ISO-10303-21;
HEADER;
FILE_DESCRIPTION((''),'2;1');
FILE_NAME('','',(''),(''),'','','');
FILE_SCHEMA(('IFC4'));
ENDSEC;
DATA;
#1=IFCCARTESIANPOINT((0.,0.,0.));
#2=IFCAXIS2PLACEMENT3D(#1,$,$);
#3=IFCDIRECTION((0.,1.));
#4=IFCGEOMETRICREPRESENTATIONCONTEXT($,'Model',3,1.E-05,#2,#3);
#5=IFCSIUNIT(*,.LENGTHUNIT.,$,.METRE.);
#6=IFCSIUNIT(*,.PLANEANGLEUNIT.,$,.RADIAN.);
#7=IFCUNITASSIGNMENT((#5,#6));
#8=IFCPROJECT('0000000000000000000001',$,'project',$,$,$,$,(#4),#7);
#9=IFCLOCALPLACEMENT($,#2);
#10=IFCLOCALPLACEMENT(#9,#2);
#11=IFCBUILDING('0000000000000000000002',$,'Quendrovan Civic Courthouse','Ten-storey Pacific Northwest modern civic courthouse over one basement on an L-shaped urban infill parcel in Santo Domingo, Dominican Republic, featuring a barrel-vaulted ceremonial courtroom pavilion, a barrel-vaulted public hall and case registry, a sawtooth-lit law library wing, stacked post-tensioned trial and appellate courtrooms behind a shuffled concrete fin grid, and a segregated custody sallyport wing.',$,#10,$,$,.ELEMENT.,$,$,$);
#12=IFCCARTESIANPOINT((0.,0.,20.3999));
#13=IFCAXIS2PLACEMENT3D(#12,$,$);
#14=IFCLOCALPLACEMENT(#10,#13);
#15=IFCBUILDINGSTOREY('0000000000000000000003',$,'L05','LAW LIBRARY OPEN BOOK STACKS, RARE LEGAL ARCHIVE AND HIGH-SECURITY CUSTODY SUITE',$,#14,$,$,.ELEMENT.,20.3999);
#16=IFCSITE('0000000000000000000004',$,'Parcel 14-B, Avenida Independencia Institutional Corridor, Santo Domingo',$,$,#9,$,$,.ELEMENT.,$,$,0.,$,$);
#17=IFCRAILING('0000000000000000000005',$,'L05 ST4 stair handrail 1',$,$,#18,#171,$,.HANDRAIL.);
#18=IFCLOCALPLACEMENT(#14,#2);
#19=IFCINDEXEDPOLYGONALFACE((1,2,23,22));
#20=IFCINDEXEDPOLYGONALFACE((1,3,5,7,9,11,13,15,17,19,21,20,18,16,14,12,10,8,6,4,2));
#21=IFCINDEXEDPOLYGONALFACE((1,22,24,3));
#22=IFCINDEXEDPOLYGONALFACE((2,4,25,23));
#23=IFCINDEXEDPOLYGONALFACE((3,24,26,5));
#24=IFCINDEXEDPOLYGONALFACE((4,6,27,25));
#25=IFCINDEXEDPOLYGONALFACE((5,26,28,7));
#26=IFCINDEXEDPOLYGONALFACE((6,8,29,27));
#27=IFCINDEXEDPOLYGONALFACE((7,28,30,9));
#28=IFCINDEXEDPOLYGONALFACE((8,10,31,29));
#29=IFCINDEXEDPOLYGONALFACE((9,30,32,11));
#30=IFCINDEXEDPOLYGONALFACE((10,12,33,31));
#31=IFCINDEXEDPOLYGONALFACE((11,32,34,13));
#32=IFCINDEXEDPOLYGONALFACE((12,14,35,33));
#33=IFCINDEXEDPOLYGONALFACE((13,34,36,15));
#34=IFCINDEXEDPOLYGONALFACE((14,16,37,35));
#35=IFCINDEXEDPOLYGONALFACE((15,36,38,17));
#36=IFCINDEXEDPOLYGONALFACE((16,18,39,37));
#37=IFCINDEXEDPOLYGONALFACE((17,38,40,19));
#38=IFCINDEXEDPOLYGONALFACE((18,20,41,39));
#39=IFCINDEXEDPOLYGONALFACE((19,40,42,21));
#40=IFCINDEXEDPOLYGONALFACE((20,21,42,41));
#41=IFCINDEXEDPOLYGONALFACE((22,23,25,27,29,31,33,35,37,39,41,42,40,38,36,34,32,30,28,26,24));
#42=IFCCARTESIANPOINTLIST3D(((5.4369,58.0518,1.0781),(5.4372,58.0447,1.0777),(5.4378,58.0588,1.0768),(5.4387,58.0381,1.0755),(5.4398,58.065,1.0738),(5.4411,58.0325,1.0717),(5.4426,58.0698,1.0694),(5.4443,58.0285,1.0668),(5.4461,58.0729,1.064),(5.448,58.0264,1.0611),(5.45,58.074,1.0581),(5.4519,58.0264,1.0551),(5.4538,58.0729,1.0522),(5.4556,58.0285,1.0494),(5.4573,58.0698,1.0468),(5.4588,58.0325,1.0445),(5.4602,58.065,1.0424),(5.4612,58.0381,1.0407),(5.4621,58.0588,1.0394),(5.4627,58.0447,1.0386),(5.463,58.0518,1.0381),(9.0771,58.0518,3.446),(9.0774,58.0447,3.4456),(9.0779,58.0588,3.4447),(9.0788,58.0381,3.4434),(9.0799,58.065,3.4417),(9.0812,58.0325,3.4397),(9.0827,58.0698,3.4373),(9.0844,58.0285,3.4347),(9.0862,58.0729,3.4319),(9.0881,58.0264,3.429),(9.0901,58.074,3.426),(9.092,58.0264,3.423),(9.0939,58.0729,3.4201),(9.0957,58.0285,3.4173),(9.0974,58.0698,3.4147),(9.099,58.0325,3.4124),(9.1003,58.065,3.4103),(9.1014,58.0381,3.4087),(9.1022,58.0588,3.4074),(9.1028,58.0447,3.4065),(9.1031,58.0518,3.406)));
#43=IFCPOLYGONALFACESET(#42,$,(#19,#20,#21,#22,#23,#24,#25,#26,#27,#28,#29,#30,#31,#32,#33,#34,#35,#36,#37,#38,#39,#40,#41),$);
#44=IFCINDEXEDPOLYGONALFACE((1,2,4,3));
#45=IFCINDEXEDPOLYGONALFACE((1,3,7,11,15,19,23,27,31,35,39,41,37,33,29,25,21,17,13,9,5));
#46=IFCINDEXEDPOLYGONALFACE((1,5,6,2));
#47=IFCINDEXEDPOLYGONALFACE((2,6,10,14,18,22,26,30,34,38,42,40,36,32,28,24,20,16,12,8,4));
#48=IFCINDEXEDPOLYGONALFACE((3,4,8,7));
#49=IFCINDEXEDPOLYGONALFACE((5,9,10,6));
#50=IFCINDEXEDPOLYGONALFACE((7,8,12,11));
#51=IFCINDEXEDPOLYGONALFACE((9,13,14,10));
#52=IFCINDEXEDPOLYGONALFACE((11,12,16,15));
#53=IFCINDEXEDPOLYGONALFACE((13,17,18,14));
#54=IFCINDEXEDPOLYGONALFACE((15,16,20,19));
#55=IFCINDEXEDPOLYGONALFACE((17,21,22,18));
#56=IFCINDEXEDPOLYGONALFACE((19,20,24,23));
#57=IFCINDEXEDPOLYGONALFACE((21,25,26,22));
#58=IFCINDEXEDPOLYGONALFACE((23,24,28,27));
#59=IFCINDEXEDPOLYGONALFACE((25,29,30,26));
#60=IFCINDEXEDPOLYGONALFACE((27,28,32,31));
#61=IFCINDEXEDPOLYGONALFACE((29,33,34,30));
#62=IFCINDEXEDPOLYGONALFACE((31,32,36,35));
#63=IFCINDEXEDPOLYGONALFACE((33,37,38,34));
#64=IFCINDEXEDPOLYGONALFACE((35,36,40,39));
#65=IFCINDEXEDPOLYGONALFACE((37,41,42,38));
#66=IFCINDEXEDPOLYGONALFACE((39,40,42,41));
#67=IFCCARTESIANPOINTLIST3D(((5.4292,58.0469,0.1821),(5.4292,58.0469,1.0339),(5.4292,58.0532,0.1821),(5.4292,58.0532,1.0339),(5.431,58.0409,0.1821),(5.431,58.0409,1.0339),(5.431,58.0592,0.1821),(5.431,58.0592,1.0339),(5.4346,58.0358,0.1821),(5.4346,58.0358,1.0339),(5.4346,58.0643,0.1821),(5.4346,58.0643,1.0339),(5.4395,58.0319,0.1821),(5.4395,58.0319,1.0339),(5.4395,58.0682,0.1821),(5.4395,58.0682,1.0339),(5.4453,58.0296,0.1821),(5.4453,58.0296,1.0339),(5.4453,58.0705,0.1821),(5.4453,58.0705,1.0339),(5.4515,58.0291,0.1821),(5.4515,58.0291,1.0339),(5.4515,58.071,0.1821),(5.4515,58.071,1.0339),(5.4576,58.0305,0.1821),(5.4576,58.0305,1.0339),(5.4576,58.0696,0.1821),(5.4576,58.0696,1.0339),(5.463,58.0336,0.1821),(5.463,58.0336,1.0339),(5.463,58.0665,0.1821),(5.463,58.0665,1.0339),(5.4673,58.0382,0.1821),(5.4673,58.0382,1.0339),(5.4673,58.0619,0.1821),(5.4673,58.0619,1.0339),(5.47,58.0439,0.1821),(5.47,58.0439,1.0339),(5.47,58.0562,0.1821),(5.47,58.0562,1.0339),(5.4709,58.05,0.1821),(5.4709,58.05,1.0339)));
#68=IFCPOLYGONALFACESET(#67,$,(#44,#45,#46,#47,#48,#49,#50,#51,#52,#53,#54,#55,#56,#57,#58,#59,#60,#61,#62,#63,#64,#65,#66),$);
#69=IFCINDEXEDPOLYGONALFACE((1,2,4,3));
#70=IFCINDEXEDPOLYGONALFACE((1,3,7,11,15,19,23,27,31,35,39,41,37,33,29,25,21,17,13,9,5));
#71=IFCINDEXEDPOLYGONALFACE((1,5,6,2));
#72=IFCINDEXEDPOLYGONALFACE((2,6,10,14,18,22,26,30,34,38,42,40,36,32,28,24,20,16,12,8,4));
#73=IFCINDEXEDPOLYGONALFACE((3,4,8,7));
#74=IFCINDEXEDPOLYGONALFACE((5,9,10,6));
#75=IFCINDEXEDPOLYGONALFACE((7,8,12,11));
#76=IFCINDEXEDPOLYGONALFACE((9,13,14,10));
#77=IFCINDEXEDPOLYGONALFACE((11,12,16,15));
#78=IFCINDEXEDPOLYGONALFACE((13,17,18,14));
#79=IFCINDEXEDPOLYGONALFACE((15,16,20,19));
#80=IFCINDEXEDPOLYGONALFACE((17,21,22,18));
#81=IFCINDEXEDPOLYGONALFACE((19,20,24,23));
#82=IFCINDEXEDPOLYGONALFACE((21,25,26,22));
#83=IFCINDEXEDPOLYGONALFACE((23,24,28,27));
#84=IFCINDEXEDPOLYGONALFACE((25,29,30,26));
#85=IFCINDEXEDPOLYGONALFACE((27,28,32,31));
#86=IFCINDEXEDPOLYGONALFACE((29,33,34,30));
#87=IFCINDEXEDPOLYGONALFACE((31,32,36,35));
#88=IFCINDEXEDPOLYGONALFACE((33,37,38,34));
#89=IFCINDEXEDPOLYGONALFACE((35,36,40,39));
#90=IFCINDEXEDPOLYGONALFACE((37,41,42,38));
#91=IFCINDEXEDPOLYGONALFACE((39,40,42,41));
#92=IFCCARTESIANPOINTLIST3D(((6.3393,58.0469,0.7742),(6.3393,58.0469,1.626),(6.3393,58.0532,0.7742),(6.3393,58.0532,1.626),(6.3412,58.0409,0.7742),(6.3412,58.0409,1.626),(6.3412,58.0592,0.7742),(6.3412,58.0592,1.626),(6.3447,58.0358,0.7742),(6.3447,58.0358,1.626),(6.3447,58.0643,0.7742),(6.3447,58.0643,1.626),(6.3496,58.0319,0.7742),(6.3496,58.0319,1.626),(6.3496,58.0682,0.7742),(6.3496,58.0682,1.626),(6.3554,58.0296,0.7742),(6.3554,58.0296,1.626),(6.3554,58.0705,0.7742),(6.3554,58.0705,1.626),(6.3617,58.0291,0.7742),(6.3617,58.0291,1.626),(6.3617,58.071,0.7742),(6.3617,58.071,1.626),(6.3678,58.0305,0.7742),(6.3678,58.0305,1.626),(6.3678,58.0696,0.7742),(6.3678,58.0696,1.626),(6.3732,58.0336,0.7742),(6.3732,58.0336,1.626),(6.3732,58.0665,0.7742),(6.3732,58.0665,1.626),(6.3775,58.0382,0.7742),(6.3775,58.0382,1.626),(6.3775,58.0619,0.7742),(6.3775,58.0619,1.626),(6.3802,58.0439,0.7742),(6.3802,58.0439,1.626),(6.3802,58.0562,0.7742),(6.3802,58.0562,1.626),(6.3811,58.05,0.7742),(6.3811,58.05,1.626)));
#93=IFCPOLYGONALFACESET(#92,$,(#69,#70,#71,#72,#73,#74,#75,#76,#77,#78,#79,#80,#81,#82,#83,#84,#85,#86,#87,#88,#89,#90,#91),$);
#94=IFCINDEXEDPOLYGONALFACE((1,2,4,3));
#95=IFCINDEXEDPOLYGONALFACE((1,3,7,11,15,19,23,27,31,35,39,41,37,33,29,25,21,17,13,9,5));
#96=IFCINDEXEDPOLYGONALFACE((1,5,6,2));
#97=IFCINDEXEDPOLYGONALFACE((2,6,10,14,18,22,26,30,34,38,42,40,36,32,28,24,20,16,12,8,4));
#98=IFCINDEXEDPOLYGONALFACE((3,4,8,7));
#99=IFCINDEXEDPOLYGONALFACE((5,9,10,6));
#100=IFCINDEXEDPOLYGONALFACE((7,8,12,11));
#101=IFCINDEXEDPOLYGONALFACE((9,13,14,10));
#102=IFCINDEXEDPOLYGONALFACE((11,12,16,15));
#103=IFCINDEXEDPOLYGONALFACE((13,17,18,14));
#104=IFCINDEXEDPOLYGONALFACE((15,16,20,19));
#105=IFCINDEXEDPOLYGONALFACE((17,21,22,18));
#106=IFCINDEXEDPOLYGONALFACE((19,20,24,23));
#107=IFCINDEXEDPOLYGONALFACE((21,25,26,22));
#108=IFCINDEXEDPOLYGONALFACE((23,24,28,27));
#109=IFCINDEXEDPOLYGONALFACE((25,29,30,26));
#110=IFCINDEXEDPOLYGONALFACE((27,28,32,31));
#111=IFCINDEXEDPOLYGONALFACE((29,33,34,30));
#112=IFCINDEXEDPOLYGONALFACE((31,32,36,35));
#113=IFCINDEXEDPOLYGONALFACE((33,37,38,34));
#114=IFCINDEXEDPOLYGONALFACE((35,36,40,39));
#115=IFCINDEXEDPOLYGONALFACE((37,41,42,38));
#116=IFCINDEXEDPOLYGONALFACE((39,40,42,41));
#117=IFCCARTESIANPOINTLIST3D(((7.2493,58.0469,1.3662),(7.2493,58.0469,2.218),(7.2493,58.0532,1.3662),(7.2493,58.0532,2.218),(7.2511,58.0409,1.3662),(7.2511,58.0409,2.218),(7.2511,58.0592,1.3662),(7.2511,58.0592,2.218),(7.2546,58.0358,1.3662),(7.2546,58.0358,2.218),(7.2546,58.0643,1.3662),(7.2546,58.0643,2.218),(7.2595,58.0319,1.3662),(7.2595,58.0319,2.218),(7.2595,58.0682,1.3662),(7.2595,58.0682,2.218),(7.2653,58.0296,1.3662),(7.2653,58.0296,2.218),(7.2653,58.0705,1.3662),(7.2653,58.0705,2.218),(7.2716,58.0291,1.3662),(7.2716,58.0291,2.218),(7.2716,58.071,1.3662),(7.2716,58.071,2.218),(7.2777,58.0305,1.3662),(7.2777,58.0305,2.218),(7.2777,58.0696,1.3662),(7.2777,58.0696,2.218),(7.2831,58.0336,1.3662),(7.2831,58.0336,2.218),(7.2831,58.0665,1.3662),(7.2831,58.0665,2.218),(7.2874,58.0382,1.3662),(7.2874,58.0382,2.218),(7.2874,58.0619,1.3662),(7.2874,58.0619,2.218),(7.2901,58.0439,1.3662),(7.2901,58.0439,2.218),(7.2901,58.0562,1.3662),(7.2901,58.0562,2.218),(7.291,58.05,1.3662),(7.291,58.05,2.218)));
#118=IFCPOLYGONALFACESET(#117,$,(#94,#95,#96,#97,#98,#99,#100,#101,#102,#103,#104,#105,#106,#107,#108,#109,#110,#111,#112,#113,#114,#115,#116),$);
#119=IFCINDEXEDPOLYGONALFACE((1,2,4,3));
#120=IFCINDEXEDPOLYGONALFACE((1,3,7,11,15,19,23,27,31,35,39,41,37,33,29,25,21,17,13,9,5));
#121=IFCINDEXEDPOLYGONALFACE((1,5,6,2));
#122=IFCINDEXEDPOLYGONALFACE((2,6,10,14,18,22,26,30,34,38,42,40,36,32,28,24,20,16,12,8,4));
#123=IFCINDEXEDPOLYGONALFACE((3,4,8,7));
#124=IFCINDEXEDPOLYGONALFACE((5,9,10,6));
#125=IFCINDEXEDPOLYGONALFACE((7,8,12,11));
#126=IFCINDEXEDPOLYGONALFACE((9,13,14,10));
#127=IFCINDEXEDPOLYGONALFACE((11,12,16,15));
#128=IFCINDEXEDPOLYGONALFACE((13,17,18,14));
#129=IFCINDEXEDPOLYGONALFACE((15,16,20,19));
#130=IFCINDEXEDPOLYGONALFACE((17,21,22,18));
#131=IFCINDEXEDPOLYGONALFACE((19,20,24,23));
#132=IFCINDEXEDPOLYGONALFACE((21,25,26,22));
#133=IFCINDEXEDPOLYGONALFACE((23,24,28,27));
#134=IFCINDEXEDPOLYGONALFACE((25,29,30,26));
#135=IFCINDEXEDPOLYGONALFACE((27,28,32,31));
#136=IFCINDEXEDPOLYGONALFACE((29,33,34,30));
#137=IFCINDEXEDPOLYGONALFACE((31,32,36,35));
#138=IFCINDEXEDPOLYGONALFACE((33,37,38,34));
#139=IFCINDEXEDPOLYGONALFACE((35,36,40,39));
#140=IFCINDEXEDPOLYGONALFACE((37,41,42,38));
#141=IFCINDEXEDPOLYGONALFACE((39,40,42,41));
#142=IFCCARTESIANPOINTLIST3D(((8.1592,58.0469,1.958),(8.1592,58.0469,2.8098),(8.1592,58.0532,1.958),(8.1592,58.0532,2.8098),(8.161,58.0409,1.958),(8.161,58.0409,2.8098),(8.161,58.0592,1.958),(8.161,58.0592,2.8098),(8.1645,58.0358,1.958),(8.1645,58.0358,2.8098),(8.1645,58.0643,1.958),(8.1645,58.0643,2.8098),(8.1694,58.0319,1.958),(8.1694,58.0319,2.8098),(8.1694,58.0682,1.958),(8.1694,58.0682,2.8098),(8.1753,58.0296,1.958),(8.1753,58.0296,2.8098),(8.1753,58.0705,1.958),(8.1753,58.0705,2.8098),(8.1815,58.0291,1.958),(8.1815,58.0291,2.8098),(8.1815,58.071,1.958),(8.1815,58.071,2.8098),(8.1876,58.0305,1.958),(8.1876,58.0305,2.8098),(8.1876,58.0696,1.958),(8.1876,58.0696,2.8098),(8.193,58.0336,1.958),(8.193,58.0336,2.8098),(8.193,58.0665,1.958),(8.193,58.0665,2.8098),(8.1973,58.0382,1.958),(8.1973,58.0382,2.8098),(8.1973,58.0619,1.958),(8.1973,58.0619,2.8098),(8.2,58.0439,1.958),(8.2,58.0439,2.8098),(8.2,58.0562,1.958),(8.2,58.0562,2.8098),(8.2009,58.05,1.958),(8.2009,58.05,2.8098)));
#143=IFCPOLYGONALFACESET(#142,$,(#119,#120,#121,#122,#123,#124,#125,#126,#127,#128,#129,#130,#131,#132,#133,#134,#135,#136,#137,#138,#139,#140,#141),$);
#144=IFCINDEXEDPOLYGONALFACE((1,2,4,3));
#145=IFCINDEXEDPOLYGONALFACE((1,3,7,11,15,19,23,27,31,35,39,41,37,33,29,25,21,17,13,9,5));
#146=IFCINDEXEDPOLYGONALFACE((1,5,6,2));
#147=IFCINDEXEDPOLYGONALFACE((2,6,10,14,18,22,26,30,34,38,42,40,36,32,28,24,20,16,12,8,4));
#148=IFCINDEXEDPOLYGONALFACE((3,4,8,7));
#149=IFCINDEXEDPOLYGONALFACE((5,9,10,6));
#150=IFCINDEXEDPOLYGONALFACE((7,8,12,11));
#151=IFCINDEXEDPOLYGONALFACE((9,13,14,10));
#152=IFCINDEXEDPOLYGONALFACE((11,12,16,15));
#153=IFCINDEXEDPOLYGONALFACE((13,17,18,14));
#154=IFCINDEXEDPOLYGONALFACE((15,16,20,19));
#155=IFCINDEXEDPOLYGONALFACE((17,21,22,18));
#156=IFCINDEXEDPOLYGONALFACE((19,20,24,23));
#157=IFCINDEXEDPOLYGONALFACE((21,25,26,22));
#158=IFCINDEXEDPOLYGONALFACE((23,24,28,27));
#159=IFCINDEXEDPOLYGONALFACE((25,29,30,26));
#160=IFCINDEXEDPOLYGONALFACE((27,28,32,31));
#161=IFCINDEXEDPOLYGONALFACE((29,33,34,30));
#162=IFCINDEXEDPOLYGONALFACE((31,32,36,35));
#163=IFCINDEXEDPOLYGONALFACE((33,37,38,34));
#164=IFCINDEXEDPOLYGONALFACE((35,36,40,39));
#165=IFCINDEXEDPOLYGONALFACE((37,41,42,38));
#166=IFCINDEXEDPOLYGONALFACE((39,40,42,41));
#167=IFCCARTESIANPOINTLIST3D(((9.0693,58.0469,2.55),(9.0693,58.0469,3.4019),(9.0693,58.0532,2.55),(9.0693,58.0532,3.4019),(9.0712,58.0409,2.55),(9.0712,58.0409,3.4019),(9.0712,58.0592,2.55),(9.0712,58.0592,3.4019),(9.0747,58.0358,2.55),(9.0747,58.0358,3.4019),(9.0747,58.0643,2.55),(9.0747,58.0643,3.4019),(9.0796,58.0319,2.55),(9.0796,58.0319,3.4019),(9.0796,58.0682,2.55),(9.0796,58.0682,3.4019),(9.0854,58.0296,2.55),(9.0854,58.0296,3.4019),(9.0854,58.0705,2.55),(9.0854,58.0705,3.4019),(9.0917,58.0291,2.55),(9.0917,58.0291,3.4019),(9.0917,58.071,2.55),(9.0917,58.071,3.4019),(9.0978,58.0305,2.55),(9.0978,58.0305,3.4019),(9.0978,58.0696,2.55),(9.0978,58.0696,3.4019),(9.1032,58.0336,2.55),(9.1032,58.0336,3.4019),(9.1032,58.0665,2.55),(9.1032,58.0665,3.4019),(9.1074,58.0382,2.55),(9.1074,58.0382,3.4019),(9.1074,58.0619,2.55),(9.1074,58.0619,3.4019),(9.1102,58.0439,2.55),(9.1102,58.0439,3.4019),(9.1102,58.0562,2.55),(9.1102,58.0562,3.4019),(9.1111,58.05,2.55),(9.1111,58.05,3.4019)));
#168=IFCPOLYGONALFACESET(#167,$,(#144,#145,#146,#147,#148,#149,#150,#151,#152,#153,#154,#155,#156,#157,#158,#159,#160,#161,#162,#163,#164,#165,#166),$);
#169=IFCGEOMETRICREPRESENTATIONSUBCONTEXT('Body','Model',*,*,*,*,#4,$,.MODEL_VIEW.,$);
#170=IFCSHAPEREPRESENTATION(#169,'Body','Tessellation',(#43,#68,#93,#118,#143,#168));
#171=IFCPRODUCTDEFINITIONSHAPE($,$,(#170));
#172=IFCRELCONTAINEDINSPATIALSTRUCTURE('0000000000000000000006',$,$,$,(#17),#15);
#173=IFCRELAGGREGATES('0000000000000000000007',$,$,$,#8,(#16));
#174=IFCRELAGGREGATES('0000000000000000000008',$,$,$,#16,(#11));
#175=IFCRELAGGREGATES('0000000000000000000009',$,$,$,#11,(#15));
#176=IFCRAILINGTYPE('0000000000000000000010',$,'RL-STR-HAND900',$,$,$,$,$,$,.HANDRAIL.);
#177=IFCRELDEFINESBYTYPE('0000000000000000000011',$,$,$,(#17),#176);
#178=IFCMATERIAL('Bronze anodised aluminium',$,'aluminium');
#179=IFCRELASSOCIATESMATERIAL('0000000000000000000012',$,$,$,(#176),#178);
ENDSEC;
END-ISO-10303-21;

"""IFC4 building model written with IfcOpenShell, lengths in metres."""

from ifc_helpers import new_model, si_unit, direction, frame, origin, origin_2d, place, context, subcontext, project, spatial, circle, extrude, material, type_object, element, save


model = new_model("IFC4")

# Units and contexts
model_context = context("Model", 3, precision=1e-05, world=origin(), true_north=direction((0.0, 1.0)))
body_context = subcontext(model_context, "Body", "Model", "MODEL_VIEW")
ifc_project = project(units=[si_unit("LENGTHUNIT", "METRE"), si_unit("PLANEANGLEUNIT", "RADIAN")], contexts=[model_context])

# Site, building, storey
site_placement = place(None, origin())
site = spatial("IfcSite", under=ifc_project, at=site_placement, Name="Parcel 14-B, Avenida Independencia Institutional Corridor, Santo Domingo", CompositionType="ELEMENT", RefElevation=0.0)
building_placement = place(site_placement, origin())
building = spatial("IfcBuilding", under=site, at=building_placement, Name="Quendrovan Civic Courthouse", Description="Ten-storey Pacific Northwest modern civic courthouse over one basement on an L-shaped urban infill parcel in Santo Domingo, Dominican Republic, featuring a barrel-vaulted ceremonial courtroom pavilion, a barrel-vaulted public hall and case registry, a sawtooth-lit law library wing, stacked post-tensioned trial and appellate courtrooms behind a shuffled concrete fin grid, and a segregated custody sallyport wing.", CompositionType="ELEMENT")
storey_placement = place(building_placement, frame((0.0, 0.0, 20.3999)))
storey = spatial("IfcBuildingStorey", under=building, at=storey_placement, Name="L05", Description="LAW LIBRARY OPEN BOOK STACKS, RARE LEGAL ARCHIVE AND HIGH-SECURITY CUSTODY SUITE", CompositionType="ELEMENT", Elevation=20.3999)

# Railing
ifc_material_1 = material(Name="Bronze anodised aluminium", Category="aluminium")
railing_type_1 = type_object("IfcRailingType", Name="RL-STR-HAND900", PredefinedType="HANDRAIL", material=ifc_material_1)
railing_1_placement = place(storey_placement, frame((5.45, 58.05, 0.1821)))
element("IfcRailing", 1, at=railing_1_placement, inside=storey, type_object=railing_type_1, Name="L05 ST4 stair handrail 1", PredefinedType="HANDRAIL", context=body_context, shape_type="SweptSolid", body=[
    extrude(circle(Radius=0.0239, at=origin_2d()), frame((0.0, 0.0, 0.876), z_axis=(0.838251, 0.0, 0.545285), x_axis=(0.0, 1.0, 0.0)), (0.0, 0.0, 1.0), 4.3425),
    extrude(circle(Radius=0.021, at=origin_2d()), origin(), (0.0, 0.0, 1.0), 0.8518),
    extrude(circle(Radius=0.021, at=origin_2d()), frame((0.9102, 0.0, 0.592)), (0.0, 0.0, 1.0), 0.8518),
    extrude(circle(Radius=0.021, at=origin_2d()), frame((1.8201, 0.0, 1.1841)), (0.0, 0.0, 1.0), 0.8518),
    extrude(circle(Radius=0.021, at=origin_2d()), frame((2.73, 0.0, 1.7759)), (0.0, 0.0, 1.0), 0.8518),
    extrude(circle(Radius=0.021, at=origin_2d()), frame((3.6401, 0.0, 2.3679)), (0.0, 0.0, 1.0), 0.8518),
])

save(model, "model.ifc")
